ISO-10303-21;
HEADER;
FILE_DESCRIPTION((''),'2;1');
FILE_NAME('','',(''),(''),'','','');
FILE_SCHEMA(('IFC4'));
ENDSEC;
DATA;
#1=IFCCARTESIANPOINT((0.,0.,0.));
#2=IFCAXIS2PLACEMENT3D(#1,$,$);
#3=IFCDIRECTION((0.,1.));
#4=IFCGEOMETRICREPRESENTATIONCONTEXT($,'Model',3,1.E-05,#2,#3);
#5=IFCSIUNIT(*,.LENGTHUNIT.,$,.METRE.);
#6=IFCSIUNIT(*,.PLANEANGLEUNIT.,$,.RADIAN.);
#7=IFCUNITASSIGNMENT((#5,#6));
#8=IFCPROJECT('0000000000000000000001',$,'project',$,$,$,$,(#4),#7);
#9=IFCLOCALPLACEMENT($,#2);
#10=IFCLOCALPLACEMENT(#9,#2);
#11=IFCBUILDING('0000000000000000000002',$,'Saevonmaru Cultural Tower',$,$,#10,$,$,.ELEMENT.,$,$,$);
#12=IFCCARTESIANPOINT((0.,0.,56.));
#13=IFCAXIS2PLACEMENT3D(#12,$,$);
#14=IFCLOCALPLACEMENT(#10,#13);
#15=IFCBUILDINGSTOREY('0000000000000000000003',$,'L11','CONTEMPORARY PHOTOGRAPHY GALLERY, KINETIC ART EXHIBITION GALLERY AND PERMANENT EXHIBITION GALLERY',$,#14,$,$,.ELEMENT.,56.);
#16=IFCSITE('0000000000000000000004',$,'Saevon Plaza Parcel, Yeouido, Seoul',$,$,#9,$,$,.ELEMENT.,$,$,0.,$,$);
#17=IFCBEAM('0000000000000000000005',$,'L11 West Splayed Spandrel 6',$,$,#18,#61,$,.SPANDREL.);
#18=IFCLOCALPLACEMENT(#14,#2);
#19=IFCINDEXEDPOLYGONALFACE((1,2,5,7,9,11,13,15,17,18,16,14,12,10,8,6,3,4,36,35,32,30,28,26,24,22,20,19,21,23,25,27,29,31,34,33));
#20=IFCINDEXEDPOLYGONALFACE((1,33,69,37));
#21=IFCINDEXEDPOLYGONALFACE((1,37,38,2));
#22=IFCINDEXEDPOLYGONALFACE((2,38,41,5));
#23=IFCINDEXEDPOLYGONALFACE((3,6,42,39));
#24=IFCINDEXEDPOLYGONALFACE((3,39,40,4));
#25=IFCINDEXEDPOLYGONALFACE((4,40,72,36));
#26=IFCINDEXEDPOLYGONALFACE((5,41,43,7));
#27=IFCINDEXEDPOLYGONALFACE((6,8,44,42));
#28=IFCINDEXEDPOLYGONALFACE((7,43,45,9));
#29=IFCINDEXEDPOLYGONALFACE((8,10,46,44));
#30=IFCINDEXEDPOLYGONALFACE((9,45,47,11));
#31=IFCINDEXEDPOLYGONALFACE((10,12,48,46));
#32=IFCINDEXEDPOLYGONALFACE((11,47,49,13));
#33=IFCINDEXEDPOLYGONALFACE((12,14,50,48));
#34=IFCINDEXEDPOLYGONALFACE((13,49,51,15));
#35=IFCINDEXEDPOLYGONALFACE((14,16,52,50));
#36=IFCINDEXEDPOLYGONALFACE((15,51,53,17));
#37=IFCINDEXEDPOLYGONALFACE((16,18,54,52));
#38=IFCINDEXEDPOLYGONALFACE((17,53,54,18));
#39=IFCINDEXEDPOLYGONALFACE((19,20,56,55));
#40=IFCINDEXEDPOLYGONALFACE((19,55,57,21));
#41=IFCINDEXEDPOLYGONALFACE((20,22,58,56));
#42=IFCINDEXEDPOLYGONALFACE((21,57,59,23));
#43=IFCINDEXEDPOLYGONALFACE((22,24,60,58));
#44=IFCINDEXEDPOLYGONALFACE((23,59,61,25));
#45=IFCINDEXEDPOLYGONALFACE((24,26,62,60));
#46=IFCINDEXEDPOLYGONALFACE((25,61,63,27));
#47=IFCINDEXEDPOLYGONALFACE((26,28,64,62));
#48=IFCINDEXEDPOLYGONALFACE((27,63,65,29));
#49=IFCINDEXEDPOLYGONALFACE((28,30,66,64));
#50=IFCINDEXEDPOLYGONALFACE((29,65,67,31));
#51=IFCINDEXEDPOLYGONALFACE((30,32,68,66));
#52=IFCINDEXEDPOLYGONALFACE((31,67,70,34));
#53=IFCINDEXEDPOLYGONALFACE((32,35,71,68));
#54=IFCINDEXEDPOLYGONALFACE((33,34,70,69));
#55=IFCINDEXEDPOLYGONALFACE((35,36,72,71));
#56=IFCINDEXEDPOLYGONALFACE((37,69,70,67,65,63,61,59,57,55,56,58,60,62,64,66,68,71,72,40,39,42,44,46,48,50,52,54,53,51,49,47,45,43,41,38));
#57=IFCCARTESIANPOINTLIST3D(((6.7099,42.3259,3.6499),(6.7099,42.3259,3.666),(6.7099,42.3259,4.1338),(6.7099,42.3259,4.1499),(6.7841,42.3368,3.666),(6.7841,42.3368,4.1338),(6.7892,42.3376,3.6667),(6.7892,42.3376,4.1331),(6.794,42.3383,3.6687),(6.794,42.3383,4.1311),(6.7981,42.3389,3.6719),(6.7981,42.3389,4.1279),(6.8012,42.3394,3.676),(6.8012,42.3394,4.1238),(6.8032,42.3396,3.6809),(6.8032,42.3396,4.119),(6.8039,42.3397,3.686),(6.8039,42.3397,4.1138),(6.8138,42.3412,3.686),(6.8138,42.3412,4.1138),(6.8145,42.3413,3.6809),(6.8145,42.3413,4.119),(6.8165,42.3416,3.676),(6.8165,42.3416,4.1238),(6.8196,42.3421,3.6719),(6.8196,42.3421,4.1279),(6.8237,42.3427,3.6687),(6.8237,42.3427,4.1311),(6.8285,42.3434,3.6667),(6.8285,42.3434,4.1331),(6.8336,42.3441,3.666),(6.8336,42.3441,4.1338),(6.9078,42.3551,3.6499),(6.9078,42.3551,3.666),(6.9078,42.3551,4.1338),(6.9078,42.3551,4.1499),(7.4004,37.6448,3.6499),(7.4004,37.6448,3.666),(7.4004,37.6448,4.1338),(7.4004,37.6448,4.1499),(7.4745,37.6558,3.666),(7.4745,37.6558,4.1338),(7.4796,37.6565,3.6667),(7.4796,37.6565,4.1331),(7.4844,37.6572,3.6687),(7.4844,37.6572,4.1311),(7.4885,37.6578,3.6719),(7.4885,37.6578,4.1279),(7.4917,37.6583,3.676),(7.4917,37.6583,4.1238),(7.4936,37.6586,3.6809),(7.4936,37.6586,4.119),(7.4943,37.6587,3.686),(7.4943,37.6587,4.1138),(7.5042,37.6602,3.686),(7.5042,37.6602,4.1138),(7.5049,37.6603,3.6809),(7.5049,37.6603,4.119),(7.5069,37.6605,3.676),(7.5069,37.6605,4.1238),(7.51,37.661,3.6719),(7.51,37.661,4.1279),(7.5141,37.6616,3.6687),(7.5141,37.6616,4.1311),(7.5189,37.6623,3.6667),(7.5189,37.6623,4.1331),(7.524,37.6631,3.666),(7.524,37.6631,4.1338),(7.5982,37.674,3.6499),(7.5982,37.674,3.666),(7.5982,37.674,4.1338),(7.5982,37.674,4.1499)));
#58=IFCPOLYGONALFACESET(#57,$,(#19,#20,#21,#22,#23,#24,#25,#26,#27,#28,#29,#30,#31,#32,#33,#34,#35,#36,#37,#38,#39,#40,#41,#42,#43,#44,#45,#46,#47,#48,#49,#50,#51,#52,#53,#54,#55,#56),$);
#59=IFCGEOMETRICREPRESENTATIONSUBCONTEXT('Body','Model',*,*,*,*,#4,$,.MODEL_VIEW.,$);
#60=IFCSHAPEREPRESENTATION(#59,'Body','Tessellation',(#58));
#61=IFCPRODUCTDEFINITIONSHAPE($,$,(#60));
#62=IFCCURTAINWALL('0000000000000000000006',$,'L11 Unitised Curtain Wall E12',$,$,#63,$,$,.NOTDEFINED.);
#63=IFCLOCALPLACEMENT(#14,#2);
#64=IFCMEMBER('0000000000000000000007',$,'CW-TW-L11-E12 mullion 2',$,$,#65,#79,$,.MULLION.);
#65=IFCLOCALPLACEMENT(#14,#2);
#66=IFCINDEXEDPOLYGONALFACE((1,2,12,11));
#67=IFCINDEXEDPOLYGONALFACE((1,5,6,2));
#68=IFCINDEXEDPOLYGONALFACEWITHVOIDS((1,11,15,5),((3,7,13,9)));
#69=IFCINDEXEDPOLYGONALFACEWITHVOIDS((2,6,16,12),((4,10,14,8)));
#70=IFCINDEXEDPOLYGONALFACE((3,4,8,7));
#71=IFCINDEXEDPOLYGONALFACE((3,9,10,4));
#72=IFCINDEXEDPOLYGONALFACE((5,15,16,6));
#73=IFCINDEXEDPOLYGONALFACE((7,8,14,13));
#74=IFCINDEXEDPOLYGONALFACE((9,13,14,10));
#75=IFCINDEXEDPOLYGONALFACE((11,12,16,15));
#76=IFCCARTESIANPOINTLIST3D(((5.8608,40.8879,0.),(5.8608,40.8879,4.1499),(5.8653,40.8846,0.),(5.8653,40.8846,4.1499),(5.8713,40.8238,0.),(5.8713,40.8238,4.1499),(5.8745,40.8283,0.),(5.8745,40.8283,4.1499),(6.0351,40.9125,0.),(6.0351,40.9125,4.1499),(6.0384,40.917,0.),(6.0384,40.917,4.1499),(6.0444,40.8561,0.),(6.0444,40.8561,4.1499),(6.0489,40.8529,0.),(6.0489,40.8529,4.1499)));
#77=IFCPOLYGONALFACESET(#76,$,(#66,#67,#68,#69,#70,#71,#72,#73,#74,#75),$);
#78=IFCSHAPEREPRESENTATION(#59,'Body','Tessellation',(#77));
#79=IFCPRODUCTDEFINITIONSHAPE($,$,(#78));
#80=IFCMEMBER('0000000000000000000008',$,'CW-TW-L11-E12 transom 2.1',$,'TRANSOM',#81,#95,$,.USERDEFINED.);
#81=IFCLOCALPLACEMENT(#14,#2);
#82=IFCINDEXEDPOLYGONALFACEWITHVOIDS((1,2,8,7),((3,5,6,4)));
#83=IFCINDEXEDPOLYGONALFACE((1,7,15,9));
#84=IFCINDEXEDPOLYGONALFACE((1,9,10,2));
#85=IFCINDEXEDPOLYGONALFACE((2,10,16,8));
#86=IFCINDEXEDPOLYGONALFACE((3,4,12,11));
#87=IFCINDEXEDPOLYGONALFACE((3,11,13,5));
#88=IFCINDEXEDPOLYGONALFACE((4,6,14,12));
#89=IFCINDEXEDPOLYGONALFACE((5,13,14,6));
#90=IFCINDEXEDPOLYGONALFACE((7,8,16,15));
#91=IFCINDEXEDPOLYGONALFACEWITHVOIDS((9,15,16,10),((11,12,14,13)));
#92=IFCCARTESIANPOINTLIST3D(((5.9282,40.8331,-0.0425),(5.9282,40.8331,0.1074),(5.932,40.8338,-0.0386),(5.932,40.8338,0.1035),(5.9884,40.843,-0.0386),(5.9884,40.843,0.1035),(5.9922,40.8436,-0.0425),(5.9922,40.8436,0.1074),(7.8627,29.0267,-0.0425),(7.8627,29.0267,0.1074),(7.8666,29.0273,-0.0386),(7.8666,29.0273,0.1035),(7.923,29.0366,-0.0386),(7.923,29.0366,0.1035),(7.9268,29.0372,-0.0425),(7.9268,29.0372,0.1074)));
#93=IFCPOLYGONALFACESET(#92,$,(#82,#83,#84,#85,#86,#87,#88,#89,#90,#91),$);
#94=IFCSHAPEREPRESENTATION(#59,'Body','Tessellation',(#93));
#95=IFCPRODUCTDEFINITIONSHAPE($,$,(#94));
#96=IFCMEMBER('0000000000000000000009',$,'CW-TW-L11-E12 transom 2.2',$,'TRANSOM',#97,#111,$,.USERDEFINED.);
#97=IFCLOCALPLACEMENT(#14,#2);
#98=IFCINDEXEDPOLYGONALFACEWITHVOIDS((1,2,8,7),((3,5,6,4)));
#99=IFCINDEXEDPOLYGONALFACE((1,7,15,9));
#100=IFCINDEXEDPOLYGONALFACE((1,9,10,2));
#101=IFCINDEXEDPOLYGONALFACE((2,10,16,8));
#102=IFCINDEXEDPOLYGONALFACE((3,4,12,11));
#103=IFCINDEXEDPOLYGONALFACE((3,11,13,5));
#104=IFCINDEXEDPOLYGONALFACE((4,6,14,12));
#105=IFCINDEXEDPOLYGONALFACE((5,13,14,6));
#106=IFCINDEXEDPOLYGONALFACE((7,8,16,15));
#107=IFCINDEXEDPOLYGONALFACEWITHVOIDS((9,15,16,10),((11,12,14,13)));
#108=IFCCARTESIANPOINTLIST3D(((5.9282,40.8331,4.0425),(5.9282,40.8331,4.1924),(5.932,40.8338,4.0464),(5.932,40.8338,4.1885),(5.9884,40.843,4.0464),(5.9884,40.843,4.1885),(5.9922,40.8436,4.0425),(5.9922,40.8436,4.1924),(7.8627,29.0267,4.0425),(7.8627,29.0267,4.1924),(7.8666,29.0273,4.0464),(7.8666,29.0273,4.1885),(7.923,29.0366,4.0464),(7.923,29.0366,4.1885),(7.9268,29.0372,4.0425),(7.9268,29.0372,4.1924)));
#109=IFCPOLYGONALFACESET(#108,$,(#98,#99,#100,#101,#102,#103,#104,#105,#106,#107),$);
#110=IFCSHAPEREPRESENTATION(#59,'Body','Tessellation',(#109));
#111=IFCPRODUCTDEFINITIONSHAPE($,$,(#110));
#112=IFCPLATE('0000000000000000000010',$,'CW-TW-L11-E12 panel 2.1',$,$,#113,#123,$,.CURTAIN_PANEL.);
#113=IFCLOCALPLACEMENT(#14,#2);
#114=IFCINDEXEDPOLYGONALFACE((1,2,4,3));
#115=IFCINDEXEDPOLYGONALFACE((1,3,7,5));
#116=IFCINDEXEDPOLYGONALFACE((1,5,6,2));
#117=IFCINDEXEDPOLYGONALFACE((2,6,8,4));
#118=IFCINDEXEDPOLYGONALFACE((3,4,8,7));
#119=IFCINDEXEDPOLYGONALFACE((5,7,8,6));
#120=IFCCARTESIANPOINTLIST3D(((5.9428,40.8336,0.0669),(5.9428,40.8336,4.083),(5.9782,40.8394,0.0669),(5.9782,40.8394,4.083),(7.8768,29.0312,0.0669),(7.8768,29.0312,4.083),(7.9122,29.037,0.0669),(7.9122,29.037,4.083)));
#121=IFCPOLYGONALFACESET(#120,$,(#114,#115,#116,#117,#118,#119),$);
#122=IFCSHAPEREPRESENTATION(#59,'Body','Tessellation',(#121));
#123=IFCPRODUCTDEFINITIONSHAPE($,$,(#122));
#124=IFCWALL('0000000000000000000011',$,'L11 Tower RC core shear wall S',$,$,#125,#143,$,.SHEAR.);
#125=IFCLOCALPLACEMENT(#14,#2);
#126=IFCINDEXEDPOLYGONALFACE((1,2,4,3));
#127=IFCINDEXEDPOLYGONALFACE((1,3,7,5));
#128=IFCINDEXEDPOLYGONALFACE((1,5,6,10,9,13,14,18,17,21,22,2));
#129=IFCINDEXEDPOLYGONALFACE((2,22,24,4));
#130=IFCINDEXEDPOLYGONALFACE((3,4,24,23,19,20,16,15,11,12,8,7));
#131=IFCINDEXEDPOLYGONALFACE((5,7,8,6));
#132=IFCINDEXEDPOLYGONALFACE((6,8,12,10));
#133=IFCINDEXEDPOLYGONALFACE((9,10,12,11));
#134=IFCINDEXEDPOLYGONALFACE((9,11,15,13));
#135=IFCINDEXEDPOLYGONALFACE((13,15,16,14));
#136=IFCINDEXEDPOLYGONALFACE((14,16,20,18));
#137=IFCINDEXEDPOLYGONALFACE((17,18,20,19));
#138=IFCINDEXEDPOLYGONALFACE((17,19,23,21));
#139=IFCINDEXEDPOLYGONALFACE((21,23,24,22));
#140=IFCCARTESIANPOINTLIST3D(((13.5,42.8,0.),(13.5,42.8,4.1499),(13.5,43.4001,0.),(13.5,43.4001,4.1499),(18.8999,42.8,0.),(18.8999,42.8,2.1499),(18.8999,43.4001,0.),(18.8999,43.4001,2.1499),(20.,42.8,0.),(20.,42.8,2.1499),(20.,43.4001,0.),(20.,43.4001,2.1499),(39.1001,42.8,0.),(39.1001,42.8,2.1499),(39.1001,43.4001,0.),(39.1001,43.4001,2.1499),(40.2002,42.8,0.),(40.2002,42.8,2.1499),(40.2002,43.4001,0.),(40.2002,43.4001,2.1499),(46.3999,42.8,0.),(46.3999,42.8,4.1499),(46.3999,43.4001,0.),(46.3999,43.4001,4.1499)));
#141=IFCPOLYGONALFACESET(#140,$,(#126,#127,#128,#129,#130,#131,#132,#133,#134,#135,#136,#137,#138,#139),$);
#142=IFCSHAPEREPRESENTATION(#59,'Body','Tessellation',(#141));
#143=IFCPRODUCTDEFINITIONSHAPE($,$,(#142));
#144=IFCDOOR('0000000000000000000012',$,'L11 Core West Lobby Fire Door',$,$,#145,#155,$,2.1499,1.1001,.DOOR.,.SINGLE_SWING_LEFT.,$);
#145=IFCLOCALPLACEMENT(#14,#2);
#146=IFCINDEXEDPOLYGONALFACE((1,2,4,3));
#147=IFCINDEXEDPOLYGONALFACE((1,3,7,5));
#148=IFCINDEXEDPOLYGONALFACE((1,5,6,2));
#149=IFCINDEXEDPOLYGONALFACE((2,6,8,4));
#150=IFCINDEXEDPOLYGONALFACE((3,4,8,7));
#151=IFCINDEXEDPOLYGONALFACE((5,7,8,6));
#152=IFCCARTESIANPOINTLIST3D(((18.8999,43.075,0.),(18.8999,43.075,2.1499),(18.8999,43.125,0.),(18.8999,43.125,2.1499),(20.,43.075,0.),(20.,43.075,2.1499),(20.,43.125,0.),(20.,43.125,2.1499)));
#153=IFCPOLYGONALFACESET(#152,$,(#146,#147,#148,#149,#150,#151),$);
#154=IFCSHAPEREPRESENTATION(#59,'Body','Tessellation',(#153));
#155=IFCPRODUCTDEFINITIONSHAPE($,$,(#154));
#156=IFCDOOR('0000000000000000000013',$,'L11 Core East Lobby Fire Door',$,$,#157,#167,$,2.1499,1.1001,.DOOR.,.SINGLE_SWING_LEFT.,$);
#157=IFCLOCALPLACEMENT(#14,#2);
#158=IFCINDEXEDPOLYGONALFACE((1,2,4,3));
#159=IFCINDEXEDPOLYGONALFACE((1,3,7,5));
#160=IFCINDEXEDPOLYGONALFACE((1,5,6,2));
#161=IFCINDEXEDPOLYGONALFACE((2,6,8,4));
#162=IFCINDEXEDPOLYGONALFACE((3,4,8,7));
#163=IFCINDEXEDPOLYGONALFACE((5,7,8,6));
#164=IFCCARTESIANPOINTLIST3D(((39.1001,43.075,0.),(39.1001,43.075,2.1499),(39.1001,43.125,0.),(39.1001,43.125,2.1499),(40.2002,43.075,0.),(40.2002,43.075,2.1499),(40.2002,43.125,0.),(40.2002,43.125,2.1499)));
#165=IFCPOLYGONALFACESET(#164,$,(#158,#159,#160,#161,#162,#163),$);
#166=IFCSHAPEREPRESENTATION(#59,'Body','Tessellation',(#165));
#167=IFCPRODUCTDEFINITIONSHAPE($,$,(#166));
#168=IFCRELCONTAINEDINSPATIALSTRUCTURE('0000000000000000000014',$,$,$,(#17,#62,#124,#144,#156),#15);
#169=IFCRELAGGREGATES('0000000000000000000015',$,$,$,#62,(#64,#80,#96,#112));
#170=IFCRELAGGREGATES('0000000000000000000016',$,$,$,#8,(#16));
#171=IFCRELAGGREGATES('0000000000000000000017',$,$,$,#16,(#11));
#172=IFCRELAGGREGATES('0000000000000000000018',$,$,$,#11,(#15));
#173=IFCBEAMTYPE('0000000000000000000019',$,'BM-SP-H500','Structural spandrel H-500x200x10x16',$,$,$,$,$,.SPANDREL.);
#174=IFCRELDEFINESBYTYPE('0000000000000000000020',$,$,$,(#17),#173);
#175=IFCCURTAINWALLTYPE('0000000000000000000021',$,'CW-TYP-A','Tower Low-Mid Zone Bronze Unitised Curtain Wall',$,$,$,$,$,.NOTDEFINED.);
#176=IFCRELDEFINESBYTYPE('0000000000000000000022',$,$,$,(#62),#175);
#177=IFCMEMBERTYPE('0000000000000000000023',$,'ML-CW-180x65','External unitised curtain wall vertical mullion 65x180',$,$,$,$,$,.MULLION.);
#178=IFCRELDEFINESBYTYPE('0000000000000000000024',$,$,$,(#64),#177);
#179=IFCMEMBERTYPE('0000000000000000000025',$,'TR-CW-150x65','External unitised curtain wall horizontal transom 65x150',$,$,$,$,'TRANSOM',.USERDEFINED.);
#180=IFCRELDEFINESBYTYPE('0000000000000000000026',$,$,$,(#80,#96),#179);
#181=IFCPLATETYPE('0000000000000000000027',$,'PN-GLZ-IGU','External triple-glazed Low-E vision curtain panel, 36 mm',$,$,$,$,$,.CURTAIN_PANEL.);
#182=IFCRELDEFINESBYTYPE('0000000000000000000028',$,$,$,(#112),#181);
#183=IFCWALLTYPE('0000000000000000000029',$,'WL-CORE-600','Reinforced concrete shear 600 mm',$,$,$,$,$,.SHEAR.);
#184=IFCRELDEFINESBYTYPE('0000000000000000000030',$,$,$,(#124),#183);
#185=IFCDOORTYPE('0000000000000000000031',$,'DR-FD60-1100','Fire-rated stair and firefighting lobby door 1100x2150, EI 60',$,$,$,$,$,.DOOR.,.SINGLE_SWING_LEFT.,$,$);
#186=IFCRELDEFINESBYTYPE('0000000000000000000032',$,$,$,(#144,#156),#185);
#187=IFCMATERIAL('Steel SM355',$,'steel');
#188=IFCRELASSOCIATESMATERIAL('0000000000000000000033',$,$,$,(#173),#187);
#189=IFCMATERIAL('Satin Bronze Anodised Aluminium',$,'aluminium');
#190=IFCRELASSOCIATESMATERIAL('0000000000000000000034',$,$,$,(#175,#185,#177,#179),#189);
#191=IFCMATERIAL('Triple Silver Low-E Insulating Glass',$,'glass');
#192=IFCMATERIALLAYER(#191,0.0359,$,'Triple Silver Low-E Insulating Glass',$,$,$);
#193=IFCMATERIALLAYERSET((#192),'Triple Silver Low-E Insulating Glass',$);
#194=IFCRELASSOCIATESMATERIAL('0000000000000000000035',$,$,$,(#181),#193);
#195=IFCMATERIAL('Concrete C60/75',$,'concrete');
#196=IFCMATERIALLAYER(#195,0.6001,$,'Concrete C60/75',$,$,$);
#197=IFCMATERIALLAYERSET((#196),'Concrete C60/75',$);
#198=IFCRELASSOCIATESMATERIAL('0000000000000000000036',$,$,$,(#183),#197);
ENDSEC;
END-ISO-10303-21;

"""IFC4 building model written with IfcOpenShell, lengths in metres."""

from ifc_helpers import new_model, si_unit, direction, frame, frame_2d, origin, origin_2d, place, context, subcontext, project, spatial, rectangle, hollow_rectangle, i_section, extrude, material, layer, layer_set, material_profile, profile_set, type_object, element, fill, aggregate, save


model = new_model("IFC4")

# Units and contexts
model_context = context("Model", 3, precision=1e-05, world=origin(), true_north=direction((0.0, 1.0)))
body_context = subcontext(model_context, "Body", "Model", "MODEL_VIEW")
ifc_project = project(units=[si_unit("LENGTHUNIT", "METRE"), si_unit("PLANEANGLEUNIT", "RADIAN")], contexts=[model_context])

# Site, building, storey
site_placement = place(None, origin())
site = spatial("IfcSite", under=ifc_project, at=site_placement, Name="Saevon Plaza Parcel, Yeouido, Seoul", CompositionType="ELEMENT", RefElevation=0.0)
building_placement = place(site_placement, origin())
building = spatial("IfcBuilding", under=site, at=building_placement, Name="Saevonmaru Cultural Tower", CompositionType="ELEMENT")
storey_placement = place(building_placement, frame((0.0, 0.0, 56.0)))
storey = spatial("IfcBuildingStorey", under=building, at=storey_placement, Name="L11", Description="CONTEMPORARY PHOTOGRAPHY GALLERY, KINETIC ART EXHIBITION GALLERY AND PERMANENT EXHIBITION GALLERY", CompositionType="ELEMENT", Elevation=56.0)

# Beam
ifc_material_1 = material(Name="Steel SM355", Category="steel")
ifc_material_profile_1 = material_profile(ifc_material_1, i_section(OverallWidth=0.2, OverallDepth=0.5, WebThickness=0.01, FlangeThickness=0.0161, FilletRadius=0.02, at=origin_2d()), Name="H-500x200x10x16")
ifc_profile_set_1 = profile_set([ifc_material_profile_1], Name="Steel SM355")
beam_type_1 = type_object("IfcBeamType", Name="BM-SP-H500", Description="Structural spandrel H-500x200x10x16", PredefinedType="SPANDREL", material=ifc_profile_set_1)
beam_1_placement = place(storey_placement, frame((7.4993, 37.6594, 3.8999), z_axis=(-0.145913, 0.989297, 0.0), x_axis=(-0.989297, -0.145913, 0.0)))
element("IfcBeam", 1, at=beam_1_placement, inside=storey, type_object=beam_type_1, Name="L11 West Splayed Spandrel 6", PredefinedType="SPANDREL", context=body_context, shape_type="SweptSolid", body=[
    extrude(i_section(OverallWidth=0.2, OverallDepth=0.5, WebThickness=0.01, FlangeThickness=0.0161, FilletRadius=0.02, at=origin_2d()), origin(), (0.0, 0.0, 1.0), 4.7317),
])

# Curtain wall, members, plate
ifc_material_2 = material(Name="Satin Bronze Anodised Aluminium", Category="aluminium")
curtain_wall_type = type_object("IfcCurtainWallType", Name="CW-TYP-A", Description="Tower Low-Mid Zone Bronze Unitised Curtain Wall", PredefinedType="NOTDEFINED", material=ifc_material_2)
curtain_wall_placement = place(storey_placement, origin())
curtain_wall = element("IfcCurtainWall", 2, at=curtain_wall_placement, inside=storey, type_object=curtain_wall_type, Name="L11 Unitised Curtain Wall E12", PredefinedType="NOTDEFINED")
ifc_material_profile_2 = material_profile(ifc_material_2, hollow_rectangle(XDim=0.0649, YDim=0.1799, WallThickness=0.0039, at=origin_2d()), Name="ALU-MULL-180x65x4")
ifc_profile_set_2 = profile_set([ifc_material_profile_2], Name="Satin Bronze Anodised Aluminium")
member_type_1 = type_object("IfcMemberType", Name="ML-CW-180x65", Description="External unitised curtain wall vertical mullion 65x180", PredefinedType="MULLION", material=ifc_profile_set_2)
member_1_placement = place(storey_placement, frame((5.9548, 40.8704, 0.0), z_axis=(0.0, 0.0, 1.0), x_axis=(0.161709, -0.986839, 0.0)))
member_1 = element("IfcMember", 3, at=member_1_placement, type_object=member_type_1, Name="CW-TW-L11-E12 mullion 2", PredefinedType="MULLION", context=body_context, shape_type="SweptSolid", body=[
    extrude(hollow_rectangle(XDim=0.0649, YDim=0.1799, WallThickness=0.0039, at=origin_2d()), origin(), (0.0, 0.0, 1.0), 4.1499),
])
ifc_material_profile_3 = material_profile(ifc_material_2, hollow_rectangle(XDim=0.0649, YDim=0.1499, WallThickness=0.0039, at=origin_2d()), Name="ALU-TRAN-150x65x4")
ifc_profile_set_3 = profile_set([ifc_material_profile_3], Name="Satin Bronze Anodised Aluminium")
member_type_2 = type_object("IfcMemberType", Name="TR-CW-150x65", Description="External unitised curtain wall horizontal transom 65x150", ElementType="TRANSOM", PredefinedType="USERDEFINED", material=ifc_profile_set_3)
member_2_placement = place(storey_placement, frame((5.9602, 40.8384, 0.0325), z_axis=(0.161701, -0.98684, 0.0), x_axis=(0.98684, 0.161701, 0.0)))
member_2 = element("IfcMember", 4, at=member_2_placement, type_object=member_type_2, Name="CW-TW-L11-E12 transom 2.1", ObjectType="TRANSOM", PredefinedType="USERDEFINED", context=body_context, shape_type="SweptSolid", body=[
    extrude(hollow_rectangle(XDim=0.0649, YDim=0.1499, WallThickness=0.0039, at=origin_2d()), origin(), (0.0, 0.0, 1.0), 11.9639),
])
member_3_placement = place(storey_placement, frame((5.9602, 40.8384, 4.1174), z_axis=(0.161701, -0.98684, 0.0), x_axis=(0.98684, 0.161701, 0.0)))
member_3 = element("IfcMember", 5, at=member_3_placement, type_object=member_type_2, Name="CW-TW-L11-E12 transom 2.2", ObjectType="TRANSOM", PredefinedType="USERDEFINED", context=body_context, shape_type="SweptSolid", body=[
    extrude(hollow_rectangle(XDim=0.0649, YDim=0.1499, WallThickness=0.0039, at=origin_2d()), origin(), (0.0, 0.0, 1.0), 11.9639),
])
ifc_material_3 = material(Name="Triple Silver Low-E Insulating Glass", Category="glass")
ifc_layer_1 = layer(ifc_material_3, 0.0359, Name="Triple Silver Low-E Insulating Glass")
ifc_layer_set_1 = layer_set([ifc_layer_1], Name="Triple Silver Low-E Insulating Glass")
plate_type = type_object("IfcPlateType", Name="PN-GLZ-IGU", Description="External triple-glazed Low-E vision curtain panel, 36 mm", PredefinedType="CURTAIN_PANEL", material=ifc_layer_set_1)
plate_placement = place(storey_placement, frame((6.9275, 34.9353, 0.0669), z_axis=(0.0, 0.0, 1.0), x_axis=(0.161709, -0.986839, 0.0)))
plate = element("IfcPlate", 6, at=plate_placement, type_object=plate_type, Name="CW-TW-L11-E12 panel 2.1", PredefinedType="CURTAIN_PANEL", context=body_context, shape_type="SweptSolid", body=[
    extrude(rectangle(XDim=11.9597, YDim=0.0359, at=origin_2d()), origin(), (0.0, 0.0, 1.0), 4.0161),
])
aggregate(curtain_wall, [member_1, member_2, member_3, plate])

# Wall, openings, doors
ifc_material_4 = material(Name="Concrete C60/75", Category="concrete")
ifc_layer_2 = layer(ifc_material_4, 0.6001, Name="Concrete C60/75")
ifc_layer_set_2 = layer_set([ifc_layer_2], Name="Concrete C60/75")
wall_type_1 = type_object("IfcWallType", Name="WL-CORE-600", Description="Reinforced concrete shear 600 mm", PredefinedType="SHEAR", material=ifc_layer_set_2)
wall_1_placement = place(storey_placement, frame((13.5, 43.1001, 0.0), z_axis=(0.0, 0.0, 1.0), x_axis=(1.0, 0.0, 0.0)))
wall_1 = element("IfcWall", 7, at=wall_1_placement, inside=storey, type_object=wall_type_1, Name="L11 Tower RC core shear wall S", PredefinedType="SHEAR", context=body_context, shape_type="SweptSolid", body=[
    extrude(rectangle(XDim=32.8999, YDim=0.6001, at=frame_2d((16.45, 0.0))), origin(), (0.0, 0.0, 1.0), 4.1499),
])
opening_1_placement = place(wall_1_placement, frame((5.3999, 0.0, 0.0)))
opening_1 = element("IfcOpeningElement", 8, at=opening_1_placement, cuts=wall_1, PredefinedType="OPENING", context=body_context, shape_type="SweptSolid", body=[
    extrude(rectangle(XDim=1.1001, YDim=2.1499, at=frame_2d((0.55, 1.075))), frame((0.0, 0.3101, 0.0), z_axis=(0.0, -1.0, 0.0), x_axis=(1.0, 0.0, 0.0)), (0.0, 0.0, 1.0), 0.6201),
])
opening_2_placement = place(wall_1_placement, frame((25.6001, 0.0, 0.0)))
opening_2 = element("IfcOpeningElement", 9, at=opening_2_placement, cuts=wall_1, PredefinedType="OPENING", context=body_context, shape_type="SweptSolid", body=[
    extrude(rectangle(XDim=1.1001, YDim=2.1499, at=frame_2d((0.55, 1.075))), frame((0.0, 0.3101, 0.0), z_axis=(0.0, -1.0, 0.0), x_axis=(1.0, 0.0, 0.0)), (0.0, 0.0, 1.0), 0.6201),
])
door_type_1 = type_object("IfcDoorType", Name="DR-FD60-1100", Description="Fire-rated stair and firefighting lobby door 1100x2150, EI 60", OperationType="SINGLE_SWING_LEFT", PredefinedType="DOOR", material=ifc_material_2)
door_1_placement = place(opening_1_placement, origin())
door_1 = element("IfcDoor", 10, at=door_1_placement, inside=storey, type_object=door_type_1, Name="L11 Core West Lobby Fire Door", OperationType="SINGLE_SWING_LEFT", OverallHeight=2.1499, OverallWidth=1.1001, PredefinedType="DOOR", context=body_context, shape_type="SweptSolid", body=[
    extrude(rectangle(XDim=1.1001, YDim=2.1499, at=frame_2d((0.55, 1.075))), frame((0.0, 0.0249, 0.0), z_axis=(0.0, -1.0, 0.0), x_axis=(1.0, 0.0, 0.0)), (0.0, 0.0, 1.0), 0.05),
])
fill(opening_1, door_1)
door_2_placement = place(opening_2_placement, origin())
door_2 = element("IfcDoor", 11, at=door_2_placement, inside=storey, type_object=door_type_1, Name="L11 Core East Lobby Fire Door", OperationType="SINGLE_SWING_LEFT", OverallHeight=2.1499, OverallWidth=1.1001, PredefinedType="DOOR", context=body_context, shape_type="SweptSolid", body=[
    extrude(rectangle(XDim=1.1001, YDim=2.1499, at=frame_2d((0.55, 1.075))), frame((0.0, 0.0249, 0.0), z_axis=(0.0, -1.0, 0.0), x_axis=(1.0, 0.0, 0.0)), (0.0, 0.0, 1.0), 0.05),
])
fill(opening_2, door_2)

save(model, "model.ifc")
